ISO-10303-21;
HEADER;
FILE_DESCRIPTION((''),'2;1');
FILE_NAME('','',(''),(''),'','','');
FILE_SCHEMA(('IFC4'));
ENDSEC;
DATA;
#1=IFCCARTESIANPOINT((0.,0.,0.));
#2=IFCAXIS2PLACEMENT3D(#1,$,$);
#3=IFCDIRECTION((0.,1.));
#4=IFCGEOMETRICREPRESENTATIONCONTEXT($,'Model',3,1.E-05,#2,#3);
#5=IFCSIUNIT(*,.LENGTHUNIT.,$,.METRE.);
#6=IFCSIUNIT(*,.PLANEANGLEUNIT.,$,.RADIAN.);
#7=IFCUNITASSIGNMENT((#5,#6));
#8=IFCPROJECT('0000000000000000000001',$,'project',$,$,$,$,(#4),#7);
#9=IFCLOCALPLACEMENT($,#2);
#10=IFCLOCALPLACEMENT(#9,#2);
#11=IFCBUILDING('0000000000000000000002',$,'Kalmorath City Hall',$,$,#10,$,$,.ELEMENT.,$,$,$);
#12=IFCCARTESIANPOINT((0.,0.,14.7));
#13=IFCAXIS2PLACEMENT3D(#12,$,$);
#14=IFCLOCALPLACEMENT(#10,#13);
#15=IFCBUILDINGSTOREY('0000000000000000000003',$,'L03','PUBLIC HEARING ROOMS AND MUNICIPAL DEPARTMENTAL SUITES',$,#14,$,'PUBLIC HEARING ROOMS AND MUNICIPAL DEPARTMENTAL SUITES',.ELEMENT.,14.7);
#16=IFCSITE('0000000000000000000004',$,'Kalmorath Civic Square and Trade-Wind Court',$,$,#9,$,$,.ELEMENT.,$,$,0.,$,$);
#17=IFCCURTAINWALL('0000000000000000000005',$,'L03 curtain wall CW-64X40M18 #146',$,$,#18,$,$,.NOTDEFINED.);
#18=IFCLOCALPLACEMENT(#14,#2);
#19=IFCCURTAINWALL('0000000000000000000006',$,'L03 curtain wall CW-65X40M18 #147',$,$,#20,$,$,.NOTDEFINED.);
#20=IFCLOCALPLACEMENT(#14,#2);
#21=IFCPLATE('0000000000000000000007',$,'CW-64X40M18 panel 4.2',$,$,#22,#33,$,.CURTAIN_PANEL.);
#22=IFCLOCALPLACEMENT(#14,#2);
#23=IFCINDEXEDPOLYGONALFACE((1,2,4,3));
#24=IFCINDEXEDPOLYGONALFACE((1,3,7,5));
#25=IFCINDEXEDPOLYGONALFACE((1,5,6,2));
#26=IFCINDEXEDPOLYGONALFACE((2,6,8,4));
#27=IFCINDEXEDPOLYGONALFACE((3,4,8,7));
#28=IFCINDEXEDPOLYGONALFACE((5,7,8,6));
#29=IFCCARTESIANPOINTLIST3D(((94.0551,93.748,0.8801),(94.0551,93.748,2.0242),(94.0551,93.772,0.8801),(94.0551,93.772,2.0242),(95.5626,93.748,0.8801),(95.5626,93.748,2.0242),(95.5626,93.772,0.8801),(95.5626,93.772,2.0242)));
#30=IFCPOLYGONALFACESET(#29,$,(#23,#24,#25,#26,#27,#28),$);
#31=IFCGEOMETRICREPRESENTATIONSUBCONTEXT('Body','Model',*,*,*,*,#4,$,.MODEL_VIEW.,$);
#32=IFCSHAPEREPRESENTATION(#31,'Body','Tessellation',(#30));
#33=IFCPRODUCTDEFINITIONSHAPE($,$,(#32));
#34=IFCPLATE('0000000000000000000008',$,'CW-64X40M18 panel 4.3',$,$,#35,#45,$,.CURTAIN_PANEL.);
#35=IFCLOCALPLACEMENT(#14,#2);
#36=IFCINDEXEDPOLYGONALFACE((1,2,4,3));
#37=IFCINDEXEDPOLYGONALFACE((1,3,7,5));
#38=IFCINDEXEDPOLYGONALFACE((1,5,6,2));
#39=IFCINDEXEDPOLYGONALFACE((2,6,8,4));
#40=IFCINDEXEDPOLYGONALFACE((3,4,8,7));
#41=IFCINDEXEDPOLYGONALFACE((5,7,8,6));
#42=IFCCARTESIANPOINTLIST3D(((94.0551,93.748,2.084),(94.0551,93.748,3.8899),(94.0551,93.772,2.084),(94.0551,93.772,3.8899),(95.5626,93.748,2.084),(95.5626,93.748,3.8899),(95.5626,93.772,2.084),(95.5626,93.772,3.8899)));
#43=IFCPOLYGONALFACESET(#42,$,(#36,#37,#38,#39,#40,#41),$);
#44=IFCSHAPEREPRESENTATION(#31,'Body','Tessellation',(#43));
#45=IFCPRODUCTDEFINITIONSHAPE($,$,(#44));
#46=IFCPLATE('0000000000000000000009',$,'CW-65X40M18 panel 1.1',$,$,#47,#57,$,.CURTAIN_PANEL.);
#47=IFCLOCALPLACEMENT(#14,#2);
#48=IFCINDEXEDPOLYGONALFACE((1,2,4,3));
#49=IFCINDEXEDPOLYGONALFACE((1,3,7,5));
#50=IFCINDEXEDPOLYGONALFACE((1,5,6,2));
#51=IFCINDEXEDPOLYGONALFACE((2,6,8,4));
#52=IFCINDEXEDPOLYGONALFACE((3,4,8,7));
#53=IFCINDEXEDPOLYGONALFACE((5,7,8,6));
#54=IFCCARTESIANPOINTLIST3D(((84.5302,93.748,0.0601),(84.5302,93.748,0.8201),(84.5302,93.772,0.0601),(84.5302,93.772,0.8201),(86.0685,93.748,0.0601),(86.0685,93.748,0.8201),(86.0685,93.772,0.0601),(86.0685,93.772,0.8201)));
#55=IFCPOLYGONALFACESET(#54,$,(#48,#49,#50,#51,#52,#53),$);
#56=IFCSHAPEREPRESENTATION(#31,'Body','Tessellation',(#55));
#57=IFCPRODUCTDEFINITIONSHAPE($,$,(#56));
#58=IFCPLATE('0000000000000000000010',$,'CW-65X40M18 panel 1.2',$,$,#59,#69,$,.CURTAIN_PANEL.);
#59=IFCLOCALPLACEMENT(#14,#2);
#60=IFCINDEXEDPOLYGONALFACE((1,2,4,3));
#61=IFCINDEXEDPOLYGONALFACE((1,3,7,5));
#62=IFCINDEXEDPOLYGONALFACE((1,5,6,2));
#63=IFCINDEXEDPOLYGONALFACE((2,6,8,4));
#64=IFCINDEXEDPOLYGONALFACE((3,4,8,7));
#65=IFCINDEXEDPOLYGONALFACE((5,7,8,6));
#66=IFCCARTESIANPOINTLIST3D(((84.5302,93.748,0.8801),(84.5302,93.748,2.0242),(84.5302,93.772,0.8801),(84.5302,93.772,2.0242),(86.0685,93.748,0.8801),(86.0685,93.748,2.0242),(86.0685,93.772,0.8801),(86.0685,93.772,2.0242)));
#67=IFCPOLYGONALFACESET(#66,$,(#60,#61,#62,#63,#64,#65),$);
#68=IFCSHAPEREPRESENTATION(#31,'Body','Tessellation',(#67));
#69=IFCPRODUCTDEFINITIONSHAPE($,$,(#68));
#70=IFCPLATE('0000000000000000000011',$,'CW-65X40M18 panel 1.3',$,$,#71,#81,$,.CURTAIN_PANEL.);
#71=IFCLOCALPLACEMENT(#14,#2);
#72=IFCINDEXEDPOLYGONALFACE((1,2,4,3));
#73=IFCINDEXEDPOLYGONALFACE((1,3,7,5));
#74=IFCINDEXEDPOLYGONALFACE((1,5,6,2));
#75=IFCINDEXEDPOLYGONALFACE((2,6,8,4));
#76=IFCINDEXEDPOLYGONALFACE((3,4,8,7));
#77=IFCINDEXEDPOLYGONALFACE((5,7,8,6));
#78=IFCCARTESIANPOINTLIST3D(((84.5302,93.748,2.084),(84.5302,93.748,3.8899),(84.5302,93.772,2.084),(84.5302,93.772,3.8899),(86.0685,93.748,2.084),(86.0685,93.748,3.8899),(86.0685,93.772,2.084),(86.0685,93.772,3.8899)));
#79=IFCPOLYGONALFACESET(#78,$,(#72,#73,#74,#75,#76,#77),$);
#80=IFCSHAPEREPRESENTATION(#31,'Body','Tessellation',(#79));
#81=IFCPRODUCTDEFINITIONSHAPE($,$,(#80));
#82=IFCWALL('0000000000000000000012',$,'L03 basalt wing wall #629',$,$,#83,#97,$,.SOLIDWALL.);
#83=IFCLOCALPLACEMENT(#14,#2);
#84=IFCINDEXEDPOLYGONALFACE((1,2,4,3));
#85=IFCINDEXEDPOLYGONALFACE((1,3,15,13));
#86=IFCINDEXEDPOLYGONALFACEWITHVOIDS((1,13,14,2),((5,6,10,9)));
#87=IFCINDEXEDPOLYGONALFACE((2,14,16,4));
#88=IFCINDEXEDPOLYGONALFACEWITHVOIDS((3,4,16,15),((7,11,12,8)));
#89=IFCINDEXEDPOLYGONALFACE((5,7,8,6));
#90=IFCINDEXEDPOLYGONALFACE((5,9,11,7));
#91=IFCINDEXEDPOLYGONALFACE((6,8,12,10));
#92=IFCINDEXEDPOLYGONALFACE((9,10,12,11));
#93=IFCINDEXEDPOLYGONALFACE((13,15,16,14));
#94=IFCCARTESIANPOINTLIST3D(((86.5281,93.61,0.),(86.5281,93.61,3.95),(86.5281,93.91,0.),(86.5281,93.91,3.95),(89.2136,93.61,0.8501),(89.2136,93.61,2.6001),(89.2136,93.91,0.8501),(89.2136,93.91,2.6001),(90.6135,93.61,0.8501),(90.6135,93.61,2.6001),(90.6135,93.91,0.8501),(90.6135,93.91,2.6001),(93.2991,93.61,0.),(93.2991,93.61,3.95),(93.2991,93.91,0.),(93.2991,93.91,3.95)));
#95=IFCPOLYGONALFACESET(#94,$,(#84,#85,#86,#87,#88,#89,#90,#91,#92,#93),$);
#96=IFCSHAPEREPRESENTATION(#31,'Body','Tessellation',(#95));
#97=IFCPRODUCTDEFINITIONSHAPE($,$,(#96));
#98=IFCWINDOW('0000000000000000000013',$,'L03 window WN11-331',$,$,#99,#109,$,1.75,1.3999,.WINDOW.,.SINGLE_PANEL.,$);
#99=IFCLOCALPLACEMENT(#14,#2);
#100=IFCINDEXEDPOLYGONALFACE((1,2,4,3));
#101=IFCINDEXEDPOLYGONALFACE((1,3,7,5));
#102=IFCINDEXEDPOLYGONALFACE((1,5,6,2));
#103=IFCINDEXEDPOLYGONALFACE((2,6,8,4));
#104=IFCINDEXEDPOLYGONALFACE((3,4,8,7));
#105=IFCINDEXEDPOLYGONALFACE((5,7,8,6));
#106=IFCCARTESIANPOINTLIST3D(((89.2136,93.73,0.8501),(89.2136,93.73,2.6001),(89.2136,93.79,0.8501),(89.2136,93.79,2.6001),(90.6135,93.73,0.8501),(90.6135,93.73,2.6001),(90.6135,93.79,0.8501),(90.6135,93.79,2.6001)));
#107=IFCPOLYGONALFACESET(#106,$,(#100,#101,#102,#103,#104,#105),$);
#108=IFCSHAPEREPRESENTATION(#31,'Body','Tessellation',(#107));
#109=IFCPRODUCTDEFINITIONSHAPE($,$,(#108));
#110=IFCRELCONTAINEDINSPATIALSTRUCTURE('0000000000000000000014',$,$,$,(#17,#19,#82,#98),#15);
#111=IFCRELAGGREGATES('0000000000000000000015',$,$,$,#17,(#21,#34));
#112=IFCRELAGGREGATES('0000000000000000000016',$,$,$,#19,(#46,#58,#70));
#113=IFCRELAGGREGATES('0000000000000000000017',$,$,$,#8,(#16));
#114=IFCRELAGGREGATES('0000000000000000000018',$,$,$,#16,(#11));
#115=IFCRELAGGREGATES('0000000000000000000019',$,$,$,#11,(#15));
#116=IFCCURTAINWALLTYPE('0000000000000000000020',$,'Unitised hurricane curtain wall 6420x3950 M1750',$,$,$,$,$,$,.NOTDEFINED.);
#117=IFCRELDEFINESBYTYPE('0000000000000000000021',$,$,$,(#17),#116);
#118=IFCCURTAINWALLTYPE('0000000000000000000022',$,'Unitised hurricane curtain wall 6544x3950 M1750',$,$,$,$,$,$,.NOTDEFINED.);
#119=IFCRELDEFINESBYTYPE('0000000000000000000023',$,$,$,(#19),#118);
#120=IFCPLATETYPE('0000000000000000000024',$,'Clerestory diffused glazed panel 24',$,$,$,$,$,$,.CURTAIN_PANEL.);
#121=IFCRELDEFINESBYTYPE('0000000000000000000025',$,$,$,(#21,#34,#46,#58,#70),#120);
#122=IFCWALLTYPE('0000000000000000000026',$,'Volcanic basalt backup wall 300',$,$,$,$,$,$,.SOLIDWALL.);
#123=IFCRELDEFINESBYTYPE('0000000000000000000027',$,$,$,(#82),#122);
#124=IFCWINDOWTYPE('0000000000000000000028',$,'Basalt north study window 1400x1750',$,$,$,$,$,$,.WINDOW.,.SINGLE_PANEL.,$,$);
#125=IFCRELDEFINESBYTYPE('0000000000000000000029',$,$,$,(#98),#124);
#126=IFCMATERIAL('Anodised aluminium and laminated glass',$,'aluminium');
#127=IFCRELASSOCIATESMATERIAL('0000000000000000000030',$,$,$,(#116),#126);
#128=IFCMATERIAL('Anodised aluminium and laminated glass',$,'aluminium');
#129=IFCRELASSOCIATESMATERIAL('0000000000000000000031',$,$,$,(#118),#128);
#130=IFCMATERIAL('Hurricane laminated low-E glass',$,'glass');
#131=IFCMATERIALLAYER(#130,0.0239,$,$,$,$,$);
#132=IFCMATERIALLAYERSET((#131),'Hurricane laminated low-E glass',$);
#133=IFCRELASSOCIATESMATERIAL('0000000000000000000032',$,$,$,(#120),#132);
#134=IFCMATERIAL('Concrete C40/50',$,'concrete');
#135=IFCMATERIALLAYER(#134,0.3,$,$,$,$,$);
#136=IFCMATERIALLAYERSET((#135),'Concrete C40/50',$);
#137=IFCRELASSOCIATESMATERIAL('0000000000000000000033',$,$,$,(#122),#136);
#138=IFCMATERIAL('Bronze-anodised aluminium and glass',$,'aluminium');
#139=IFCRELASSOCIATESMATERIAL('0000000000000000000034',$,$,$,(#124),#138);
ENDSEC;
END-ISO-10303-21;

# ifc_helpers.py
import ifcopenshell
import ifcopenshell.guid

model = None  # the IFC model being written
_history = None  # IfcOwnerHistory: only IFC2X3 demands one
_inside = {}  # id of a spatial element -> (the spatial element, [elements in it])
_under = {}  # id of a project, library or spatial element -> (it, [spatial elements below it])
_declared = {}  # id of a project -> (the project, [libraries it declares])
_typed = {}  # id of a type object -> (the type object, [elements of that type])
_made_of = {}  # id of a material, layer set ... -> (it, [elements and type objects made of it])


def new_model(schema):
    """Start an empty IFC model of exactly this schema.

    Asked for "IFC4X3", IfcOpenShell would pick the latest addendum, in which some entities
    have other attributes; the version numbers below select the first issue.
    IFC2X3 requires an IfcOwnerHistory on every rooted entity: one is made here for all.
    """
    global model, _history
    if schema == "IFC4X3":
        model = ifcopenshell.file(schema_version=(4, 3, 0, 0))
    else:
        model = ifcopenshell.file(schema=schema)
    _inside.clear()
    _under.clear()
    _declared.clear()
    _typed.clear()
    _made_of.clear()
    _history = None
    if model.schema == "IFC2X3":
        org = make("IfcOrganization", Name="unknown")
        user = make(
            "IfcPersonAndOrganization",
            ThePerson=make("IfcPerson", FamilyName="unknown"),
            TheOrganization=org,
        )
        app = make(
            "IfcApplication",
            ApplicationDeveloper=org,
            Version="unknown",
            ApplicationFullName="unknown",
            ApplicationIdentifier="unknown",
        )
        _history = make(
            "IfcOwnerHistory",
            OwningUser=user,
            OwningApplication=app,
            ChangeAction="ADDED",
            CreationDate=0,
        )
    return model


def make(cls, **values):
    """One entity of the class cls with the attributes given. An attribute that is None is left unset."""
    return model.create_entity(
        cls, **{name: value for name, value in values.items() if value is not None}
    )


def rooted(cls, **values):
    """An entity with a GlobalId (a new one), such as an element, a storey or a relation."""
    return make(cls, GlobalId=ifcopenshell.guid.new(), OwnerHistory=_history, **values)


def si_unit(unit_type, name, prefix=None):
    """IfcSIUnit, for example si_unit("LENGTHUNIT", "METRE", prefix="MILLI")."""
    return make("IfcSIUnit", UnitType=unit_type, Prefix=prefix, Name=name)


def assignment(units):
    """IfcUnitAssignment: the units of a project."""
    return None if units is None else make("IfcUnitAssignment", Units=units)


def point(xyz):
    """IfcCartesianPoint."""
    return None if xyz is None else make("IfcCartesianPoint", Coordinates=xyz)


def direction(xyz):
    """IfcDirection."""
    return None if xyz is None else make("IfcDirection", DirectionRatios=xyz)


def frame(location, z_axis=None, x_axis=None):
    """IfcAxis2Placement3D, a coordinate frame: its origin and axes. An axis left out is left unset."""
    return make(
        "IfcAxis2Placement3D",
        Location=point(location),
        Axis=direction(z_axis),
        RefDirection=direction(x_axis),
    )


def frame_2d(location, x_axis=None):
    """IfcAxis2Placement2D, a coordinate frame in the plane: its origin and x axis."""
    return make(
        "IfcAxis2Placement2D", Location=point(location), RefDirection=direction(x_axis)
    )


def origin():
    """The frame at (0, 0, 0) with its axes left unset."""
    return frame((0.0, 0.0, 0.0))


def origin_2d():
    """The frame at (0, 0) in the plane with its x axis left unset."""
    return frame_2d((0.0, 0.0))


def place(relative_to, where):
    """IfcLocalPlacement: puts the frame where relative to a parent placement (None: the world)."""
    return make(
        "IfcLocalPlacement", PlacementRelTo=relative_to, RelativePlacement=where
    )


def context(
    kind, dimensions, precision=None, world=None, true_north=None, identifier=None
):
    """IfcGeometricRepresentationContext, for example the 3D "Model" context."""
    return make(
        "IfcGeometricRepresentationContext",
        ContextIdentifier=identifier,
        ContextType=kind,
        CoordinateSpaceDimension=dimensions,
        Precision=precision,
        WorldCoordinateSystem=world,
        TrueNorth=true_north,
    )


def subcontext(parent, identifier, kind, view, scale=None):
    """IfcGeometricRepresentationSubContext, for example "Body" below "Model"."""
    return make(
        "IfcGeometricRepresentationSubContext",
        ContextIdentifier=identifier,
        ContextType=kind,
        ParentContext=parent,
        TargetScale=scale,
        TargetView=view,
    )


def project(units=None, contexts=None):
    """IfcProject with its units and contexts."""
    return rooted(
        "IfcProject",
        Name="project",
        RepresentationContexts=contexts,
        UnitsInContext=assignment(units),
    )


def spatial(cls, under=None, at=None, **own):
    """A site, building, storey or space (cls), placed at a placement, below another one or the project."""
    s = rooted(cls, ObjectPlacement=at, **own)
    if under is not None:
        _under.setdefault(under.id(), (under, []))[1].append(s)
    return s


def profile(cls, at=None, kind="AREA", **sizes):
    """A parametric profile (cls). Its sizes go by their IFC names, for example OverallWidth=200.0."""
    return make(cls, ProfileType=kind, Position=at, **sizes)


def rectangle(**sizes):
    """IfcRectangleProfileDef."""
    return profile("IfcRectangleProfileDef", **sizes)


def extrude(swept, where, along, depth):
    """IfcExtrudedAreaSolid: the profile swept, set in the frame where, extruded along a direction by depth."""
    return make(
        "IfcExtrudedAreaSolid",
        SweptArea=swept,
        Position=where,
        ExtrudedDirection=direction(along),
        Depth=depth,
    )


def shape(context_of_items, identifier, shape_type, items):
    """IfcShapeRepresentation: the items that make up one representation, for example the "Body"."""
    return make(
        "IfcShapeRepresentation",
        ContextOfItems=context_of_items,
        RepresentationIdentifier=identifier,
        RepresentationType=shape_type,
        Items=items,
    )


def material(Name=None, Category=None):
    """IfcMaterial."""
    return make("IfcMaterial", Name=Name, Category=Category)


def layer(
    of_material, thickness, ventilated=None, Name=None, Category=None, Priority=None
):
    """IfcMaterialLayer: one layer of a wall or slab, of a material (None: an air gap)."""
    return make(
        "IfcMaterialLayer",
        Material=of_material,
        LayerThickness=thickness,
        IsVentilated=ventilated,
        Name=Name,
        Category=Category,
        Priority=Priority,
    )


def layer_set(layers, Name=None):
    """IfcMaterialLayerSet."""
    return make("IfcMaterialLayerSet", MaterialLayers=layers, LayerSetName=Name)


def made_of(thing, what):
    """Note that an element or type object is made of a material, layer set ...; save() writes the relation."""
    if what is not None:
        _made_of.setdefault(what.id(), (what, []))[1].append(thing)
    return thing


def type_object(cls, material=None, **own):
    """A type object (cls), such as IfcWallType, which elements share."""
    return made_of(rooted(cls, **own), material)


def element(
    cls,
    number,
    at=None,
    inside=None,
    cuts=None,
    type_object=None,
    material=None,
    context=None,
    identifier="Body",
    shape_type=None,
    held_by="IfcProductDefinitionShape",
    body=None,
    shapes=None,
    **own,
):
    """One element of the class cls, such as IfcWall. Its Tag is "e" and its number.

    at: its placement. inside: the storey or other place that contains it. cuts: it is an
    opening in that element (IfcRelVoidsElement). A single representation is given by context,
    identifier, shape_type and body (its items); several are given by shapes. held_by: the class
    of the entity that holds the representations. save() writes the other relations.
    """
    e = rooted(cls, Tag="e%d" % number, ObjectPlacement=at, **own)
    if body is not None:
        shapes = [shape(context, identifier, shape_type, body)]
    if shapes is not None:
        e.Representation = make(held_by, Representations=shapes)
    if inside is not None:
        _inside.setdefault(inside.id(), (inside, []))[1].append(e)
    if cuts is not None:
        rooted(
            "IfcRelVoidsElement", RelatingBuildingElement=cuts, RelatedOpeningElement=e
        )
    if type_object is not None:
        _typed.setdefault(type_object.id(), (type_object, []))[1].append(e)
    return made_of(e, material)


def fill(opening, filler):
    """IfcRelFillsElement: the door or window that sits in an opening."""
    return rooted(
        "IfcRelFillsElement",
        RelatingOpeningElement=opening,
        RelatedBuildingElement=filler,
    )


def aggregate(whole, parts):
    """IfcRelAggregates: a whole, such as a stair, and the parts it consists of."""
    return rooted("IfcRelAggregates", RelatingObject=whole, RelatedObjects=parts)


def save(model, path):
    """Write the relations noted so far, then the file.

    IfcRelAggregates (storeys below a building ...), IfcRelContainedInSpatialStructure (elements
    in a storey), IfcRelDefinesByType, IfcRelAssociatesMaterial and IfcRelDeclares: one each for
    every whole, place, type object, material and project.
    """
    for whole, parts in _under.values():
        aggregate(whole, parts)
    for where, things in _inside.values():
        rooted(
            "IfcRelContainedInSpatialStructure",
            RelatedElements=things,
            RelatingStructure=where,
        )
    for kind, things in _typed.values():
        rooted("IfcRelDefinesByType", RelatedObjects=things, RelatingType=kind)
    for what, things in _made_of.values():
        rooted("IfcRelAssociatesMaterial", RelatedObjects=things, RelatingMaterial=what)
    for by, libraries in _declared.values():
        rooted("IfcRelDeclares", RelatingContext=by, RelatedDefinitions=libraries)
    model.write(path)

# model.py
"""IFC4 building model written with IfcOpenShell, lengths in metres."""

from ifc_helpers import new_model, si_unit, direction, frame, frame_2d, origin, origin_2d, place, context, subcontext, project, spatial, rectangle, extrude, material, layer, layer_set, type_object, element, fill, aggregate, save


model = new_model("IFC4")

# Units and contexts
model_context = context("Model", 3, precision=1e-05, world=origin(), true_north=direction((0.0, 1.0)))
body_context = subcontext(model_context, "Body", "Model", "MODEL_VIEW")
ifc_project = project(units=[si_unit("LENGTHUNIT", "METRE"), si_unit("PLANEANGLEUNIT", "RADIAN")], contexts=[model_context])

# Site, building, storey
site_placement = place(None, origin())
site = spatial("IfcSite", under=ifc_project, at=site_placement, Name="Kalmorath Civic Square and Trade-Wind Court", CompositionType="ELEMENT", RefElevation=0.0)
building_placement = place(site_placement, origin())
building = spatial("IfcBuilding", under=site, at=building_placement, Name="Kalmorath City Hall", CompositionType="ELEMENT")
storey_placement = place(building_placement, frame((0.0, 0.0, 14.7)))
storey = spatial("IfcBuildingStorey", under=building, at=storey_placement, Name="L03", Description="PUBLIC HEARING ROOMS AND MUNICIPAL DEPARTMENTAL SUITES", LongName="PUBLIC HEARING ROOMS AND MUNICIPAL DEPARTMENTAL SUITES", CompositionType="ELEMENT", Elevation=14.7)

# Curtain walls
ifc_material_1 = material(Name="Anodised aluminium and laminated glass", Category="aluminium")
curtain_wall_type_1 = type_object("IfcCurtainWallType", Name="Unitised hurricane curtain wall 6420x3950 M1750", PredefinedType="NOTDEFINED", material=ifc_material_1)
curtain_wall_1_placement = place(storey_placement, origin())
curtain_wall_1 = element("IfcCurtainWall", 1, at=curtain_wall_1_placement, inside=storey, type_object=curtain_wall_type_1, Name="L03 curtain wall CW-64X40M18 #146", PredefinedType="NOTDEFINED")
ifc_material_2 = material(Name="Anodised aluminium and laminated glass", Category="aluminium")
curtain_wall_type_2 = type_object("IfcCurtainWallType", Name="Unitised hurricane curtain wall 6544x3950 M1750", PredefinedType="NOTDEFINED", material=ifc_material_2)
curtain_wall_2_placement = place(storey_placement, origin())
curtain_wall_2 = element("IfcCurtainWall", 2, at=curtain_wall_2_placement, inside=storey, type_object=curtain_wall_type_2, Name="L03 curtain wall CW-65X40M18 #147", PredefinedType="NOTDEFINED")

# Plates
ifc_material_3 = material(Name="Hurricane laminated low-E glass", Category="glass")
ifc_layer_1 = layer(ifc_material_3, 0.0239)
ifc_layer_set_1 = layer_set([ifc_layer_1], Name="Hurricane laminated low-E glass")
plate_type = type_object("IfcPlateType", Name="Clerestory diffused glazed panel 24", PredefinedType="CURTAIN_PANEL", material=ifc_layer_set_1)
plate_1_placement = place(storey_placement, frame((94.8088, 93.76, 0.8801), z_axis=(0.0, 0.0, 1.0), x_axis=(-1.0, 0.0, 0.0)))
plate_1 = element("IfcPlate", 3, at=plate_1_placement, type_object=plate_type, Name="CW-64X40M18 panel 4.2", PredefinedType="CURTAIN_PANEL", context=body_context, shape_type="SweptSolid", body=[
    extrude(rectangle(XDim=1.5076, YDim=0.0239, at=origin_2d()), origin(), (0.0, 0.0, 1.0), 1.144),
])
plate_2_placement = place(storey_placement, frame((94.8088, 93.76, 2.084), z_axis=(0.0, 0.0, 1.0), x_axis=(-1.0, 0.0, 0.0)))
plate_2 = element("IfcPlate", 4, at=plate_2_placement, type_object=plate_type, Name="CW-64X40M18 panel 4.3", PredefinedType="CURTAIN_PANEL", context=body_context, shape_type="SweptSolid", body=[
    extrude(rectangle(XDim=1.5076, YDim=0.0239, at=origin_2d()), origin(), (0.0, 0.0, 1.0), 1.8059),
])
aggregate(curtain_wall_1, [plate_1, plate_2])
plate_3_placement = place(storey_placement, frame((85.2993, 93.76, 0.0601), z_axis=(0.0, 0.0, 1.0), x_axis=(-1.0, 0.0, 0.0)))
plate_3 = element("IfcPlate", 5, at=plate_3_placement, type_object=plate_type, Name="CW-65X40M18 panel 1.1", PredefinedType="CURTAIN_PANEL", context=body_context, shape_type="SweptSolid", body=[
    extrude(rectangle(XDim=1.5383, YDim=0.0239, at=origin_2d()), origin(), (0.0, 0.0, 1.0), 0.76),
])
plate_4_placement = place(storey_placement, frame((85.2993, 93.76, 0.8801), z_axis=(0.0, 0.0, 1.0), x_axis=(-1.0, 0.0, 0.0)))
plate_4 = element("IfcPlate", 6, at=plate_4_placement, type_object=plate_type, Name="CW-65X40M18 panel 1.2", PredefinedType="CURTAIN_PANEL", context=body_context, shape_type="SweptSolid", body=[
    extrude(rectangle(XDim=1.5383, YDim=0.0239, at=origin_2d()), origin(), (0.0, 0.0, 1.0), 1.144),
])
plate_5_placement = place(storey_placement, frame((85.2993, 93.76, 2.084), z_axis=(0.0, 0.0, 1.0), x_axis=(-1.0, 0.0, 0.0)))
plate_5 = element("IfcPlate", 7, at=plate_5_placement, type_object=plate_type, Name="CW-65X40M18 panel 1.3", PredefinedType="CURTAIN_PANEL", context=body_context, shape_type="SweptSolid", body=[
    extrude(rectangle(XDim=1.5383, YDim=0.0239, at=origin_2d()), origin(), (0.0, 0.0, 1.0), 1.8059),
])
aggregate(curtain_wall_2, [plate_3, plate_4, plate_5])

# Wall, opening, window
ifc_material_4 = material(Name="Concrete C40/50", Category="concrete")
ifc_layer_2 = layer(ifc_material_4, 0.3)
ifc_layer_set_2 = layer_set([ifc_layer_2], Name="Concrete C40/50")
wall_type = type_object("IfcWallType", Name="Volcanic basalt backup wall 300", PredefinedType="SOLIDWALL", material=ifc_layer_set_2)
wall_placement = place(storey_placement, frame((93.2991, 93.76, 0.0), z_axis=(0.0, 0.0, 1.0), x_axis=(-1.0, 0.0, 0.0)))
wall = element("IfcWall", 8, at=wall_placement, inside=storey, type_object=wall_type, Name="L03 basalt wing wall #629", PredefinedType="SOLIDWALL", context=body_context, shape_type="SweptSolid", body=[
    extrude(rectangle(XDim=6.771, YDim=0.3, at=frame_2d((3.3855, 0.0))), origin(), (0.0, 0.0, 1.0), 3.95),
])
opening_placement = place(wall_placement, frame((2.6855, 0.0, 0.8501)))
opening = element("IfcOpeningElement", 9, at=opening_placement, cuts=wall, PredefinedType="OPENING", context=body_context, shape_type="SweptSolid", body=[
    extrude(rectangle(XDim=1.3999, YDim=1.75, at=frame_2d((0.7, 0.875))), frame((0.0, 0.1599, 0.0), z_axis=(0.0, -1.0, 0.0), x_axis=(1.0, 0.0, 0.0)), (0.0, 0.0, 1.0), 0.3201),
])
ifc_material_5 = material(Name="Bronze-anodised aluminium and glass", Category="aluminium")
window_type = type_object("IfcWindowType", Name="Basalt north study window 1400x1750", PartitioningType="SINGLE_PANEL", PredefinedType="WINDOW", material=ifc_material_5)
window_placement = place(opening_placement, origin())
window = element("IfcWindow", 10, at=window_placement, inside=storey, type_object=window_type, Name="L03 window WN11-331", OverallHeight=1.75, OverallWidth=1.3999, PartitioningType="SINGLE_PANEL", PredefinedType="WINDOW", context=body_context, shape_type="SweptSolid", body=[
    extrude(rectangle(XDim=1.3999, YDim=1.75, at=frame_2d((0.7, 0.875))), frame((0.0, 0.03, 0.0), z_axis=(0.0, -1.0, 0.0), x_axis=(1.0, 0.0, 0.0)), (0.0, 0.0, 1.0), 0.0601),
])
fill(opening, window)

save(model, "model.ifc")
